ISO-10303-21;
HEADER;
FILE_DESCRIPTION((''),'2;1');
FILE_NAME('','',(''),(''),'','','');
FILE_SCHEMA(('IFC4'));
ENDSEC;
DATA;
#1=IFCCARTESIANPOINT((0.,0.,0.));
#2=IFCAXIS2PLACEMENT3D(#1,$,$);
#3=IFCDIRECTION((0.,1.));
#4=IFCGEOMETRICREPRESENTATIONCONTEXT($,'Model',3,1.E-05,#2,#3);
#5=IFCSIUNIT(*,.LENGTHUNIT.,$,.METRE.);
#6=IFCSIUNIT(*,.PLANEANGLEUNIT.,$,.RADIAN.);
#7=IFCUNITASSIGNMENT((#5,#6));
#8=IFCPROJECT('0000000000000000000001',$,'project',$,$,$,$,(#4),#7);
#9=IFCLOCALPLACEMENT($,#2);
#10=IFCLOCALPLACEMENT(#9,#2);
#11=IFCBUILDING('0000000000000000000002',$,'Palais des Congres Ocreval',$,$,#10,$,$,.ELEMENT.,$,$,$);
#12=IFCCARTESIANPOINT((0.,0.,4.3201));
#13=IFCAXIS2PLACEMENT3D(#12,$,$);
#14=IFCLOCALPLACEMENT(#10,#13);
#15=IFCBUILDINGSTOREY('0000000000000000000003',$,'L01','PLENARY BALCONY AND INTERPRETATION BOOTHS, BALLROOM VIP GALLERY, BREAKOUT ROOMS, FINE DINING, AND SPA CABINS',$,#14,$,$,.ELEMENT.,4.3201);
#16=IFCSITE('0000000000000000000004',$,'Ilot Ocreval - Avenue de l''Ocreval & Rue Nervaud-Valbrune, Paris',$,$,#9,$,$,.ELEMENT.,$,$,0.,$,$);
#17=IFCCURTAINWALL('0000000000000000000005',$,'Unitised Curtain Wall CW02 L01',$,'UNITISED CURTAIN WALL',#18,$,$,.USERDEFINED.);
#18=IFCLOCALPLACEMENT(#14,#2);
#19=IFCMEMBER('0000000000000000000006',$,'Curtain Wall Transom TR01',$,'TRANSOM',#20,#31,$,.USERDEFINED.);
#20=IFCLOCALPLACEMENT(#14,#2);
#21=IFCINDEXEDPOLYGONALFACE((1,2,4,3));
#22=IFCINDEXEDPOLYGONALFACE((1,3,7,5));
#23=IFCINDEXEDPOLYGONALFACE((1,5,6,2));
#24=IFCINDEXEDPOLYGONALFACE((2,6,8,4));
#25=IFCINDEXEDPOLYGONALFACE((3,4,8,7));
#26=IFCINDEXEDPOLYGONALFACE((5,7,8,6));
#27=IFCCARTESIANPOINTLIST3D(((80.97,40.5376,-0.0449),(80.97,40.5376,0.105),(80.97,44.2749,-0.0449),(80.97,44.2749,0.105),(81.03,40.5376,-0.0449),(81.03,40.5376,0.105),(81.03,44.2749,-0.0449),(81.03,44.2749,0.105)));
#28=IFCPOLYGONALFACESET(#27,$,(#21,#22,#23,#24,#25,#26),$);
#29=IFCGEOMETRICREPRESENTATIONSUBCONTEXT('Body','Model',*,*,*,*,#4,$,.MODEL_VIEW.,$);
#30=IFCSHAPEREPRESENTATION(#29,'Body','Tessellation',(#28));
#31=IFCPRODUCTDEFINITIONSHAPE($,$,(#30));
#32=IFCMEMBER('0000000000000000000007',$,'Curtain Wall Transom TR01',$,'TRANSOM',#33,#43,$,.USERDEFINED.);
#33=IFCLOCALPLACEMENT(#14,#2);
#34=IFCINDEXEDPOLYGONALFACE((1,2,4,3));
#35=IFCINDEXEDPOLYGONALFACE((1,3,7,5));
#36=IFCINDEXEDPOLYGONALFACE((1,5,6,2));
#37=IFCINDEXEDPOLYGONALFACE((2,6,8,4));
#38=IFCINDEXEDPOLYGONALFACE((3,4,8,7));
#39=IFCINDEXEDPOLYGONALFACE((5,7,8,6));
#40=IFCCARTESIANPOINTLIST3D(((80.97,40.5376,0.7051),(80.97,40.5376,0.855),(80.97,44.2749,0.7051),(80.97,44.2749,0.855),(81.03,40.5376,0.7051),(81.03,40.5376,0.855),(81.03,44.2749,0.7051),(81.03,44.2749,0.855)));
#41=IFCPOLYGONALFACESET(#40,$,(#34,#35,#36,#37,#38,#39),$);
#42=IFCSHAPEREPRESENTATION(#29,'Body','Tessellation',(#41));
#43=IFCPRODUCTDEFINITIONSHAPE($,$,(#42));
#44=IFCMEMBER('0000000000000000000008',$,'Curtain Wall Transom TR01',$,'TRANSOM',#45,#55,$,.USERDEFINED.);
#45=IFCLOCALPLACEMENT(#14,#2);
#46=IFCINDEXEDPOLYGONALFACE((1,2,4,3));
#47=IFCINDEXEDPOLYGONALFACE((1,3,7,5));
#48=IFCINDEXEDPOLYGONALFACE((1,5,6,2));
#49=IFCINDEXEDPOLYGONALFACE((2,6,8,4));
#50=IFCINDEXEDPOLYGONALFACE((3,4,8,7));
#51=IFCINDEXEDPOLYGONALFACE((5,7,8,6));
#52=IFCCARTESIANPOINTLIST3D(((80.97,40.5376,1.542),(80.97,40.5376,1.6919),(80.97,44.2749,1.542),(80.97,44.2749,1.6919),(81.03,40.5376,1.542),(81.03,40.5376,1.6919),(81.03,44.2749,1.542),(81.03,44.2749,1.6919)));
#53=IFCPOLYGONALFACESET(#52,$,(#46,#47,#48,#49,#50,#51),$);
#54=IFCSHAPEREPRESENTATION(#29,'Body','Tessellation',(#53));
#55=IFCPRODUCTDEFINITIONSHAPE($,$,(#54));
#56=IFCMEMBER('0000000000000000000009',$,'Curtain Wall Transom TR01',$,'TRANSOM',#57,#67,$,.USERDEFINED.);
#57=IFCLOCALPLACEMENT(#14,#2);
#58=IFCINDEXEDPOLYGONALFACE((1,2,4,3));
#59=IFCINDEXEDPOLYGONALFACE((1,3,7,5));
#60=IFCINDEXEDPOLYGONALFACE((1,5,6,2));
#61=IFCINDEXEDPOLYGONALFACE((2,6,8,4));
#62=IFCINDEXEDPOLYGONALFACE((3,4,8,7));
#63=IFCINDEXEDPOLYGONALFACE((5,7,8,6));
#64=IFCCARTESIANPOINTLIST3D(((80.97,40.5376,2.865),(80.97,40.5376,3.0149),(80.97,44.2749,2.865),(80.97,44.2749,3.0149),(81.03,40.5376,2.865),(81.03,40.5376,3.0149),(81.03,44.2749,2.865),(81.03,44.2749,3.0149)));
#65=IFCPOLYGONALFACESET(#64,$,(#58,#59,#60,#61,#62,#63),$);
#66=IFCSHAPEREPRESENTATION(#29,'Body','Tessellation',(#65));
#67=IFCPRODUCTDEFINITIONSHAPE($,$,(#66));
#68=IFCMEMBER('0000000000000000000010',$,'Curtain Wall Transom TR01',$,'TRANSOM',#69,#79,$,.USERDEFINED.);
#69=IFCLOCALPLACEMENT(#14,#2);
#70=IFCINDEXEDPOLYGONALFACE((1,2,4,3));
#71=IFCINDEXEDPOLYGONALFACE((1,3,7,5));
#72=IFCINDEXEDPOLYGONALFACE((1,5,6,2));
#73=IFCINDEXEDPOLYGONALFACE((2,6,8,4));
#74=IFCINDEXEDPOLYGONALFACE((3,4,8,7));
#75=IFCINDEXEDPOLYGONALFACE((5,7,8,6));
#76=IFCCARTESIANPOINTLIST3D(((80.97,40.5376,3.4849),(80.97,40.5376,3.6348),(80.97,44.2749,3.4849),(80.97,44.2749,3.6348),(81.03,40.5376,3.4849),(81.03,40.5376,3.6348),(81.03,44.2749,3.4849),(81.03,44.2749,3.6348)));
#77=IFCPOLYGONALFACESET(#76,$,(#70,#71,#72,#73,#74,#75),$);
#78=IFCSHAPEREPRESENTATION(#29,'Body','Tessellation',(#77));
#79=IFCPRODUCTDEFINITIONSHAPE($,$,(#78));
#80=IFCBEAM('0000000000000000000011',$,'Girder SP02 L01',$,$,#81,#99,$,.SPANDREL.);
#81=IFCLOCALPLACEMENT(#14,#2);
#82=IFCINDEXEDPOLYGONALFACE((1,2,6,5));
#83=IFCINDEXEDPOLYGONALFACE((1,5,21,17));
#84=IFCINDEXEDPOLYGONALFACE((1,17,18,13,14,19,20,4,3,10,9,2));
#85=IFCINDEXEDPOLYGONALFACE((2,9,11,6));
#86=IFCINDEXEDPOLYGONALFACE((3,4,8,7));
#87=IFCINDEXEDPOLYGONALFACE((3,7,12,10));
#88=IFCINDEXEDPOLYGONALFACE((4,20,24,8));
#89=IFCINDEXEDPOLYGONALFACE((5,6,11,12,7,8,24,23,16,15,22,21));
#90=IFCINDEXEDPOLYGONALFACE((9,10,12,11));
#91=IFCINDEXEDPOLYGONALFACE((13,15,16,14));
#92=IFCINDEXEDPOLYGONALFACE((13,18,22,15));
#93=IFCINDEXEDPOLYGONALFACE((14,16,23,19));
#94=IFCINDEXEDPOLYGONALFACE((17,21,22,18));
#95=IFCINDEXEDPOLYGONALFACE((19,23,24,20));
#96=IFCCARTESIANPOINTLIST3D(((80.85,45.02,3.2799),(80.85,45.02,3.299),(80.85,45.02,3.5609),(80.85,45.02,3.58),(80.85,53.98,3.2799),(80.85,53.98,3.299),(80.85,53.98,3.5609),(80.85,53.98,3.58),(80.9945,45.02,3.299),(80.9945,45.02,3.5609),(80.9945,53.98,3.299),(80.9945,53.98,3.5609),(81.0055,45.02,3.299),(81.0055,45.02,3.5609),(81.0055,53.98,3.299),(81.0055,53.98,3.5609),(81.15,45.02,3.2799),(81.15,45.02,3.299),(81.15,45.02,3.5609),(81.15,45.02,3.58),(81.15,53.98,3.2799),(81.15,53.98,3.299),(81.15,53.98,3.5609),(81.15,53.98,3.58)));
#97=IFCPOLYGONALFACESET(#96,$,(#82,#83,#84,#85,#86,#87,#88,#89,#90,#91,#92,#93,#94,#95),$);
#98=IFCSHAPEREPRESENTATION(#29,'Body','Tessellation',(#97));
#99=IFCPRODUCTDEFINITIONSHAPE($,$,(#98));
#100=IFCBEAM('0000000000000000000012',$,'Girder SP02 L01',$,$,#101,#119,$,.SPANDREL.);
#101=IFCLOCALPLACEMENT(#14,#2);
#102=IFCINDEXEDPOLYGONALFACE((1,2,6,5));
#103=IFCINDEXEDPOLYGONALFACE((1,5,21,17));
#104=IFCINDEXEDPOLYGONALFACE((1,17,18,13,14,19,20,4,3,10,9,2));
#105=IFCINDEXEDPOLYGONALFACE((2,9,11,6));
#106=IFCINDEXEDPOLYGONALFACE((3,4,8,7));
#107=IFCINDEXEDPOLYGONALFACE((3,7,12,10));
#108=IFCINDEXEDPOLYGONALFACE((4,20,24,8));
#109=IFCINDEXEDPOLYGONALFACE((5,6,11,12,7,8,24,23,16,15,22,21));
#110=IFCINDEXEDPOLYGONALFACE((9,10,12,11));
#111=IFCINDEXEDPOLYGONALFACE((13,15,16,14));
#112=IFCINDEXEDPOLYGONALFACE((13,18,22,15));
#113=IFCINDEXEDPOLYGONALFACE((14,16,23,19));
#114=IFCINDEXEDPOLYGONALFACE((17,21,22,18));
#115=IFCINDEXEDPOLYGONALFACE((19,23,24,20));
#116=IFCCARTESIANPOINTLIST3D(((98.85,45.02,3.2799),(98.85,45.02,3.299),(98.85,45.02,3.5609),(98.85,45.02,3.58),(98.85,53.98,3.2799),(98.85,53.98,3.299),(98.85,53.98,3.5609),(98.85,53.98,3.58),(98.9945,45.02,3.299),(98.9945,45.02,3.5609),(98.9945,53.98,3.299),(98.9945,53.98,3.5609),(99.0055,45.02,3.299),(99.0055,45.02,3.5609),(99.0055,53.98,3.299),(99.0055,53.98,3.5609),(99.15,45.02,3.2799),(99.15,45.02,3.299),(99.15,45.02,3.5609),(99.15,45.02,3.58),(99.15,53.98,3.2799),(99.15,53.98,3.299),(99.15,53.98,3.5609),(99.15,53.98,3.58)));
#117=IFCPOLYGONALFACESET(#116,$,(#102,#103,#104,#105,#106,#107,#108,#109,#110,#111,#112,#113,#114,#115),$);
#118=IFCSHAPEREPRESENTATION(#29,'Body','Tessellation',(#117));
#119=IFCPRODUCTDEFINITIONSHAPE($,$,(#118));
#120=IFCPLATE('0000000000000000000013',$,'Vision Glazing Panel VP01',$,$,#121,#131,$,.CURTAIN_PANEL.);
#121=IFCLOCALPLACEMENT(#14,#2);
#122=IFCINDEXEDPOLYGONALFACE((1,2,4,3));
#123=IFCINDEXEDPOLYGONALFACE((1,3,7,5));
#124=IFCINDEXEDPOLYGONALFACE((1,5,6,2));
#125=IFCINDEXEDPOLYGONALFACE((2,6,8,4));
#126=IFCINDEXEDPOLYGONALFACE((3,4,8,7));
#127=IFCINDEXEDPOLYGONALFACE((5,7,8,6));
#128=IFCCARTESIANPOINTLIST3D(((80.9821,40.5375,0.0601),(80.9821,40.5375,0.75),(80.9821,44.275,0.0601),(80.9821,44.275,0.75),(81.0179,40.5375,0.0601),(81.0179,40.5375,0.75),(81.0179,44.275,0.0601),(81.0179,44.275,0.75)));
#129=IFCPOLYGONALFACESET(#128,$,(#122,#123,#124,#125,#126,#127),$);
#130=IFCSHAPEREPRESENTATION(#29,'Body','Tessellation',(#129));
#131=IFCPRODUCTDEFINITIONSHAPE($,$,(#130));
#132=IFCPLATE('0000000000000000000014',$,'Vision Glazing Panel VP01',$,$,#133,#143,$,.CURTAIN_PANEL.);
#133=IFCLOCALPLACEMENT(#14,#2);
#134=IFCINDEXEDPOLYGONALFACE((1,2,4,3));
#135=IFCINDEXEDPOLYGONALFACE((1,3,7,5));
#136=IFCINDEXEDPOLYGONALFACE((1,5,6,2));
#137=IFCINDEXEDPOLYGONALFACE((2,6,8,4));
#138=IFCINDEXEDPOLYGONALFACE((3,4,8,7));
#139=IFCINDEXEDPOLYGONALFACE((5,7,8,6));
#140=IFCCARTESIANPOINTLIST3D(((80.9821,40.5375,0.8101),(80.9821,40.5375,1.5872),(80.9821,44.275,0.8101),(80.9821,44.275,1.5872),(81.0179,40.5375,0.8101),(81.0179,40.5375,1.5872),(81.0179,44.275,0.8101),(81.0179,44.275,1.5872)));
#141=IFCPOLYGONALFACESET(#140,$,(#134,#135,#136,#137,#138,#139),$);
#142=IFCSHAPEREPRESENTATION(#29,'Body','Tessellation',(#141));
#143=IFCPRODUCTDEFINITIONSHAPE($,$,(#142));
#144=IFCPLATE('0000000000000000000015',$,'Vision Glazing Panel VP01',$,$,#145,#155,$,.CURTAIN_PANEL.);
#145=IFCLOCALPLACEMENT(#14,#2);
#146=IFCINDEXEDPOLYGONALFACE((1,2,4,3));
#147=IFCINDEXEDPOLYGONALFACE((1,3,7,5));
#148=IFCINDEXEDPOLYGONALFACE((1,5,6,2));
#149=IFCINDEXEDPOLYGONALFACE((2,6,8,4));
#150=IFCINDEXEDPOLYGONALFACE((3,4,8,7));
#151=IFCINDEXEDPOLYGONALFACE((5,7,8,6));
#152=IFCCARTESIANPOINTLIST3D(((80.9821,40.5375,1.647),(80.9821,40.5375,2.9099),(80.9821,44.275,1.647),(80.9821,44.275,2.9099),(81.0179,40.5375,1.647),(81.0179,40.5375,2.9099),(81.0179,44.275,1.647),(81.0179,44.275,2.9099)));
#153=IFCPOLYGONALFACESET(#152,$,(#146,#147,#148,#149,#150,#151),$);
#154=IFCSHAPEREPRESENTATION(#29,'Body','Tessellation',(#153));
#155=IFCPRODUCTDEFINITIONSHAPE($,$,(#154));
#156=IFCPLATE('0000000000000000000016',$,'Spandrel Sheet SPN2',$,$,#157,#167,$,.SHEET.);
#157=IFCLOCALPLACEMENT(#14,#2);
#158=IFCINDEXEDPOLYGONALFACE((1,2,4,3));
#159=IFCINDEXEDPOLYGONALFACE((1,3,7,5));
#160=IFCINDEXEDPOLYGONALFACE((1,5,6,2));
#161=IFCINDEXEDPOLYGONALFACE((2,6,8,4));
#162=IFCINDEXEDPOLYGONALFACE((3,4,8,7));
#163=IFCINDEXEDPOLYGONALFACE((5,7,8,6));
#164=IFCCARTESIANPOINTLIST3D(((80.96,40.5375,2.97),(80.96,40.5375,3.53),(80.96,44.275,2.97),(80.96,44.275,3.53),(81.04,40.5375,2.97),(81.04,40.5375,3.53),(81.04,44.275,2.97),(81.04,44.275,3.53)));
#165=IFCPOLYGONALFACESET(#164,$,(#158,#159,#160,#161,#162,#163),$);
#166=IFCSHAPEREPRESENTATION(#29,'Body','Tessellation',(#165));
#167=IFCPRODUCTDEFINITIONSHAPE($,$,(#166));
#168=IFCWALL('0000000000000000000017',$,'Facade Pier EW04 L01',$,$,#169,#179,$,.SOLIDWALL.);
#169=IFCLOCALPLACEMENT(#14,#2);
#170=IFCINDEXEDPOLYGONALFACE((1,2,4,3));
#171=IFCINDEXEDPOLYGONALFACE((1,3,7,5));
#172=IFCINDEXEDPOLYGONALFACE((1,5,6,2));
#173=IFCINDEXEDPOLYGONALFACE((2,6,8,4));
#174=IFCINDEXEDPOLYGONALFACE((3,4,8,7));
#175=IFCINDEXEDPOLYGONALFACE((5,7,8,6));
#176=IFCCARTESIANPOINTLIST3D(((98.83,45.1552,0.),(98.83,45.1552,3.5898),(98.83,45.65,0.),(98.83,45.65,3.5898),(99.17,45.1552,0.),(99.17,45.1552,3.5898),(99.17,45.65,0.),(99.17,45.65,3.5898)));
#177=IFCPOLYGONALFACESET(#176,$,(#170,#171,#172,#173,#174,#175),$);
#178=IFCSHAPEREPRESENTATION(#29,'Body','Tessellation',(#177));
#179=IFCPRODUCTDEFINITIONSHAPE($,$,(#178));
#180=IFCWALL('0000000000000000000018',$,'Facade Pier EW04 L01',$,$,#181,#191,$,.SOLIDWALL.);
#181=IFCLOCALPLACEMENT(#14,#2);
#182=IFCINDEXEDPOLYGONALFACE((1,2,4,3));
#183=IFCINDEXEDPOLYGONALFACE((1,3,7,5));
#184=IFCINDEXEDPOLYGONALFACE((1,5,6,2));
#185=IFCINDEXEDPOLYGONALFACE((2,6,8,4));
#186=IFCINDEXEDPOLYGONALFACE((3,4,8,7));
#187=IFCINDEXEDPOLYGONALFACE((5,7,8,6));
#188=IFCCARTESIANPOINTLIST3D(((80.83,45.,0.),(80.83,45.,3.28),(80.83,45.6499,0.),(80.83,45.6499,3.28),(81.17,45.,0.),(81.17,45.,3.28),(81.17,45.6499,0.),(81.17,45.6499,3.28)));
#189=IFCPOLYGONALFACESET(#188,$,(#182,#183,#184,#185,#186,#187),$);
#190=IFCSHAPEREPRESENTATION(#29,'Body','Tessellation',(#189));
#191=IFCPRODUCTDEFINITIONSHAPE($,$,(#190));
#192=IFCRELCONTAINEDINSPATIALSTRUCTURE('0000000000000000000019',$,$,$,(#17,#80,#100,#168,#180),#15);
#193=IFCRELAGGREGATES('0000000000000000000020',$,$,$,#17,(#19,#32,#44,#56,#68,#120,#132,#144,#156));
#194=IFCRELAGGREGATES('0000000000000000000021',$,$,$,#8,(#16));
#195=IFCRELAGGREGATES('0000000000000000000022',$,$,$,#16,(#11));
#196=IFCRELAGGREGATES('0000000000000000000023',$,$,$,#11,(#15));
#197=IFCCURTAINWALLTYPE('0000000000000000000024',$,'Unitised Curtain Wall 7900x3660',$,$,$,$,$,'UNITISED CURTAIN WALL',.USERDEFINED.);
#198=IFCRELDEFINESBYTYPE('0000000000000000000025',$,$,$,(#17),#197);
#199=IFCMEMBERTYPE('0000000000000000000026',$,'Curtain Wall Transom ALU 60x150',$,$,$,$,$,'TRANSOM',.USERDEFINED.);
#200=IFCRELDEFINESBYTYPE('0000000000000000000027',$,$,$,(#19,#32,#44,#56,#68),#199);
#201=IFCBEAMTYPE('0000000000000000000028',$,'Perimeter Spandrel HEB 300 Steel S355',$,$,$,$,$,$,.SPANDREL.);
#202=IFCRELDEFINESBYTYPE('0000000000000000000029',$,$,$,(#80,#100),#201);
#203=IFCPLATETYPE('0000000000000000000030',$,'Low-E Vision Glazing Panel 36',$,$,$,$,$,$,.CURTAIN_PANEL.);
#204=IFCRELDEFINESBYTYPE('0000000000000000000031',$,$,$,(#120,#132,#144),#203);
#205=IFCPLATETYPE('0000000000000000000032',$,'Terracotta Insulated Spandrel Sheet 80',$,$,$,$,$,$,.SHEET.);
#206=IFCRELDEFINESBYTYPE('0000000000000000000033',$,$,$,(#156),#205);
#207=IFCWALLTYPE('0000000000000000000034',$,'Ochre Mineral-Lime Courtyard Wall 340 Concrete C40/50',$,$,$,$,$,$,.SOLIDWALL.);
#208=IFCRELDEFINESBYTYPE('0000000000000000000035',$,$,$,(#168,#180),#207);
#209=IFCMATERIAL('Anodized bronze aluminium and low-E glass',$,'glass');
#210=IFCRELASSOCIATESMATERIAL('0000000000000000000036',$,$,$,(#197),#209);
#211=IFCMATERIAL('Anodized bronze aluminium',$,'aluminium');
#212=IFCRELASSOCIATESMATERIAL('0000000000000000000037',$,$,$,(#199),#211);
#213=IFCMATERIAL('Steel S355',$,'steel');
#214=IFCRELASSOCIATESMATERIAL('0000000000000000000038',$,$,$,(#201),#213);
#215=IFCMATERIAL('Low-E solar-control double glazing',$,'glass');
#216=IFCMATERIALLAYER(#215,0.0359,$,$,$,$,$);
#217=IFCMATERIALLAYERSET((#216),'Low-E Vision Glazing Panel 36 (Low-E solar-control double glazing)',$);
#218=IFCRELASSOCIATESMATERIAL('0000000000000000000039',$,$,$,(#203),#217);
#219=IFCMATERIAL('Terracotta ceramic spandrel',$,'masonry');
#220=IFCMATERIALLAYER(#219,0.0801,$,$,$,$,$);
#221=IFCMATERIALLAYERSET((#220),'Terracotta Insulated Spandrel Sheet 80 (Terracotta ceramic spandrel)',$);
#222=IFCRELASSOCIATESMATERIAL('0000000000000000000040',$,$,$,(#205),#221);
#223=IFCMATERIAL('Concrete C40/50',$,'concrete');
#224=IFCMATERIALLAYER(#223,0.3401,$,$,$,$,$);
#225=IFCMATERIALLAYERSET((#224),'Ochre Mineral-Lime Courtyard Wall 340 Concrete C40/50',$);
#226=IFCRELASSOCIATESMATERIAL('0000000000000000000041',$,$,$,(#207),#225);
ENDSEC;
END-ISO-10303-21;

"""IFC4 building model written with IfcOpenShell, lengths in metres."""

from ifc_helpers import new_model, si_unit, direction, frame, frame_2d, origin, origin_2d, place, context, subcontext, project, spatial, rectangle, i_section, extrude, material, layer, layer_set, material_profile, profile_set, type_object, element, aggregate, save


model = new_model("IFC4")

# Units and contexts
model_context = context("Model", 3, precision=1e-05, world=origin(), true_north=direction((0.0, 1.0)))
body_context = subcontext(model_context, "Body", "Model", "MODEL_VIEW")
ifc_project = project(units=[si_unit("LENGTHUNIT", "METRE"), si_unit("PLANEANGLEUNIT", "RADIAN")], contexts=[model_context])

# Site, building, storey
site_placement = place(None, origin())
site = spatial("IfcSite", under=ifc_project, at=site_placement, Name="Ilot Ocreval - Avenue de l'Ocreval & Rue Nervaud-Valbrune, Paris", CompositionType="ELEMENT", RefElevation=0.0)
building_placement = place(site_placement, origin())
building = spatial("IfcBuilding", under=site, at=building_placement, Name="Palais des Congres Ocreval", CompositionType="ELEMENT")
storey_placement = place(building_placement, frame((0.0, 0.0, 4.3201)))
storey = spatial("IfcBuildingStorey", under=building, at=storey_placement, Name="L01", Description="PLENARY BALCONY AND INTERPRETATION BOOTHS, BALLROOM VIP GALLERY, BREAKOUT ROOMS, FINE DINING, AND SPA CABINS", CompositionType="ELEMENT", Elevation=4.3201)

# Shared definitions
ifc_material_1 = material(Name="Steel S355", Category="steel")

# Shared definitions
ifc_material_2 = material(Name="Anodized bronze aluminium and low-E glass", Category="glass")
curtain_wall_type = type_object("IfcCurtainWallType", Name="Unitised Curtain Wall 7900x3660", ElementType="UNITISED CURTAIN WALL", PredefinedType="USERDEFINED", material=ifc_material_2)
ifc_material_3 = material(Name="Anodized bronze aluminium", Category="aluminium")

# Curtain wall
curtain_wall_1_placement = place(storey_placement, origin())
curtain_wall_1 = element("IfcCurtainWall", 1, at=curtain_wall_1_placement, inside=storey, type_object=curtain_wall_type, Name="Unitised Curtain Wall CW02 L01", ObjectType="UNITISED CURTAIN WALL", PredefinedType="USERDEFINED")

# Members
ifc_material_profile_1 = material_profile(ifc_material_3, rectangle(XDim=0.0601, YDim=0.1499, at=origin_2d()), Name="ALU 60x150")
ifc_profile_set_1 = profile_set([ifc_material_profile_1], Name="Anodized bronze aluminium")
member_type_1 = type_object("IfcMemberType", Name="Curtain Wall Transom ALU 60x150", ElementType="TRANSOM", PredefinedType="USERDEFINED", material=ifc_profile_set_1)
member_1_placement = place(storey_placement, frame((81.0, 44.2749, 0.03), z_axis=(0.0, -1.0, 0.0), x_axis=(1.0, 0.0, 0.0)))
member_1 = element("IfcMember", 2, at=member_1_placement, type_object=member_type_1, Name="Curtain Wall Transom TR01", ObjectType="TRANSOM", PredefinedType="USERDEFINED", context=body_context, shape_type="SweptSolid", body=[
    extrude(rectangle(XDim=0.0601, YDim=0.1499, at=origin_2d()), origin(), (0.0, 0.0, 1.0), 3.7373),
])
member_2_placement = place(storey_placement, frame((81.0, 44.2749, 0.78), z_axis=(0.0, -1.0, 0.0), x_axis=(1.0, 0.0, 0.0)))
member_2 = element("IfcMember", 3, at=member_2_placement, type_object=member_type_1, Name="Curtain Wall Transom TR01", ObjectType="TRANSOM", PredefinedType="USERDEFINED", context=body_context, shape_type="SweptSolid", body=[
    extrude(rectangle(XDim=0.0601, YDim=0.1499, at=origin_2d()), origin(), (0.0, 0.0, 1.0), 3.7373),
])
member_3_placement = place(storey_placement, frame((81.0, 44.2749, 1.6169), z_axis=(0.0, -1.0, 0.0), x_axis=(1.0, 0.0, 0.0)))
member_3 = element("IfcMember", 4, at=member_3_placement, type_object=member_type_1, Name="Curtain Wall Transom TR01", ObjectType="TRANSOM", PredefinedType="USERDEFINED", context=body_context, shape_type="SweptSolid", body=[
    extrude(rectangle(XDim=0.0601, YDim=0.1499, at=origin_2d()), origin(), (0.0, 0.0, 1.0), 3.7373),
])
member_4_placement = place(storey_placement, frame((81.0, 44.2749, 2.9399), z_axis=(0.0, -1.0, 0.0), x_axis=(1.0, 0.0, 0.0)))
member_4 = element("IfcMember", 5, at=member_4_placement, type_object=member_type_1, Name="Curtain Wall Transom TR01", ObjectType="TRANSOM", PredefinedType="USERDEFINED", context=body_context, shape_type="SweptSolid", body=[
    extrude(rectangle(XDim=0.0601, YDim=0.1499, at=origin_2d()), origin(), (0.0, 0.0, 1.0), 3.7373),
])
member_5_placement = place(storey_placement, frame((81.0, 44.2749, 3.5598), z_axis=(0.0, -1.0, 0.0), x_axis=(1.0, 0.0, 0.0)))
member_5 = element("IfcMember", 6, at=member_5_placement, type_object=member_type_1, Name="Curtain Wall Transom TR01", ObjectType="TRANSOM", PredefinedType="USERDEFINED", context=body_context, shape_type="SweptSolid", body=[
    extrude(rectangle(XDim=0.0601, YDim=0.1499, at=origin_2d()), origin(), (0.0, 0.0, 1.0), 3.7373),
])

# Beams
ifc_material_profile_2 = material_profile(ifc_material_1, i_section(OverallWidth=0.3, OverallDepth=0.3, WebThickness=0.011, FlangeThickness=0.019, at=origin_2d()), Name="HEB 300")
ifc_profile_set_2 = profile_set([ifc_material_profile_2], Name="Steel S355")
beam_type = type_object("IfcBeamType", Name="Perimeter Spandrel HEB 300 Steel S355", PredefinedType="SPANDREL", material=ifc_profile_set_2)
for number, where, z_axis, x_axis, name in (
    (7, (81.0, 45.02, 3.4299), (0.0, 1.0, 0.0), (-1.0, 0.0, 0.0), "Girder SP02 L01"),
    (8, (99.0, 45.02, 3.4299), (0.0, 1.0, 0.0), (-1.0, 0.0, 0.0), "Girder SP02 L01"),
):
    element("IfcBeam", number, at=place(storey_placement, frame(where, z_axis=z_axis, x_axis=x_axis)), inside=storey, type_object=beam_type, Name=name, PredefinedType="SPANDREL", context=body_context, shape_type="SweptSolid", body=[
        extrude(i_section(OverallWidth=0.3, OverallDepth=0.3, WebThickness=0.011, FlangeThickness=0.019, at=origin_2d()), origin(), (0.0, 0.0, 1.0), 8.96),
    ])

# Plates
ifc_material_4 = material(Name="Low-E solar-control double glazing", Category="glass")
ifc_layer_1 = layer(ifc_material_4, 0.0359)
ifc_layer_set_1 = layer_set([ifc_layer_1], Name="Low-E Vision Glazing Panel 36 (Low-E solar-control double glazing)")
plate_type_1 = type_object("IfcPlateType", Name="Low-E Vision Glazing Panel 36", PredefinedType="CURTAIN_PANEL", material=ifc_layer_set_1)
plate_1_placement = place(storey_placement, frame((81.0, 42.4062, 0.0601), z_axis=(0.0, 0.0, 1.0), x_axis=(0.0, -1.0, 0.0)))
plate_1 = element("IfcPlate", 9, at=plate_1_placement, type_object=plate_type_1, Name="Vision Glazing Panel VP01", PredefinedType="CURTAIN_PANEL", context=body_context, shape_type="SweptSolid", body=[
    extrude(rectangle(XDim=3.7375, YDim=0.0359, at=origin_2d()), origin(), (0.0, 0.0, 1.0), 0.6899),
])
plate_2_placement = place(storey_placement, frame((81.0, 42.4062, 0.8101), z_axis=(0.0, 0.0, 1.0), x_axis=(0.0, -1.0, 0.0)))
plate_2 = element("IfcPlate", 10, at=plate_2_placement, type_object=plate_type_1, Name="Vision Glazing Panel VP01", PredefinedType="CURTAIN_PANEL", context=body_context, shape_type="SweptSolid", body=[
    extrude(rectangle(XDim=3.7375, YDim=0.0359, at=origin_2d()), origin(), (0.0, 0.0, 1.0), 0.7771),
])
plate_3_placement = place(storey_placement, frame((81.0, 42.4062, 1.647), z_axis=(0.0, 0.0, 1.0), x_axis=(0.0, -1.0, 0.0)))
plate_3 = element("IfcPlate", 11, at=plate_3_placement, type_object=plate_type_1, Name="Vision Glazing Panel VP01", PredefinedType="CURTAIN_PANEL", context=body_context, shape_type="SweptSolid", body=[
    extrude(rectangle(XDim=3.7375, YDim=0.0359, at=origin_2d()), origin(), (0.0, 0.0, 1.0), 1.2629),
])
ifc_material_5 = material(Name="Terracotta ceramic spandrel", Category="masonry")
ifc_layer_2 = layer(ifc_material_5, 0.0801)
ifc_layer_set_2 = layer_set([ifc_layer_2], Name="Terracotta Insulated Spandrel Sheet 80 (Terracotta ceramic spandrel)")
plate_type_2 = type_object("IfcPlateType", Name="Terracotta Insulated Spandrel Sheet 80", PredefinedType="SHEET", material=ifc_layer_set_2)
plate_4_placement = place(storey_placement, frame((81.0, 42.4062, 2.97), z_axis=(0.0, 0.0, 1.0), x_axis=(0.0, -1.0, 0.0)))
plate_4 = element("IfcPlate", 12, at=plate_4_placement, type_object=plate_type_2, Name="Spandrel Sheet SPN2", PredefinedType="SHEET", context=body_context, shape_type="SweptSolid", body=[
    extrude(rectangle(XDim=3.7375, YDim=0.0801, at=origin_2d()), origin(), (0.0, 0.0, 1.0), 0.5601),
])
aggregate(curtain_wall_1, [member_1, member_2, member_3, member_4, member_5, plate_1, plate_2, plate_3, plate_4])

# Walls
ifc_material_6 = material(Name="Concrete C40/50", Category="concrete")
ifc_layer_3 = layer(ifc_material_6, 0.3401)
ifc_layer_set_3 = layer_set([ifc_layer_3], Name="Ochre Mineral-Lime Courtyard Wall 340 Concrete C40/50")
wall_type = type_object("IfcWallType", Name="Ochre Mineral-Lime Courtyard Wall 340 Concrete C40/50", PredefinedType="SOLIDWALL", material=ifc_layer_set_3)
wall_1_placement = place(storey_placement, frame((99.0, 45.155, 0.0), z_axis=(0.0, 0.0, 1.0), x_axis=(0.0, 1.0, 0.0)))
element("IfcWall", 13, at=wall_1_placement, inside=storey, type_object=wall_type, Name="Facade Pier EW04 L01", PredefinedType="SOLIDWALL", context=body_context, shape_type="SweptSolid", body=[
    extrude(rectangle(XDim=0.4949, YDim=0.3401, at=frame_2d((0.2476, 0.0))), origin(), (0.0, 0.0, 1.0), 3.5898),
])
wall_2_placement = place(storey_placement, frame((81.0, 45.6499, 0.0), z_axis=(0.0, 0.0, 1.0), x_axis=(0.0, -1.0, 0.0)))
element("IfcWall", 14, at=wall_2_placement, inside=storey, type_object=wall_type, Name="Facade Pier EW04 L01", PredefinedType="SOLIDWALL", context=body_context, shape_type="SweptSolid", body=[
    extrude(rectangle(XDim=0.6499, YDim=0.3401, at=frame_2d((0.325, 0.0))), origin(), (0.0, 0.0, 1.0), 3.28),
])

save(model, "model.ifc")
